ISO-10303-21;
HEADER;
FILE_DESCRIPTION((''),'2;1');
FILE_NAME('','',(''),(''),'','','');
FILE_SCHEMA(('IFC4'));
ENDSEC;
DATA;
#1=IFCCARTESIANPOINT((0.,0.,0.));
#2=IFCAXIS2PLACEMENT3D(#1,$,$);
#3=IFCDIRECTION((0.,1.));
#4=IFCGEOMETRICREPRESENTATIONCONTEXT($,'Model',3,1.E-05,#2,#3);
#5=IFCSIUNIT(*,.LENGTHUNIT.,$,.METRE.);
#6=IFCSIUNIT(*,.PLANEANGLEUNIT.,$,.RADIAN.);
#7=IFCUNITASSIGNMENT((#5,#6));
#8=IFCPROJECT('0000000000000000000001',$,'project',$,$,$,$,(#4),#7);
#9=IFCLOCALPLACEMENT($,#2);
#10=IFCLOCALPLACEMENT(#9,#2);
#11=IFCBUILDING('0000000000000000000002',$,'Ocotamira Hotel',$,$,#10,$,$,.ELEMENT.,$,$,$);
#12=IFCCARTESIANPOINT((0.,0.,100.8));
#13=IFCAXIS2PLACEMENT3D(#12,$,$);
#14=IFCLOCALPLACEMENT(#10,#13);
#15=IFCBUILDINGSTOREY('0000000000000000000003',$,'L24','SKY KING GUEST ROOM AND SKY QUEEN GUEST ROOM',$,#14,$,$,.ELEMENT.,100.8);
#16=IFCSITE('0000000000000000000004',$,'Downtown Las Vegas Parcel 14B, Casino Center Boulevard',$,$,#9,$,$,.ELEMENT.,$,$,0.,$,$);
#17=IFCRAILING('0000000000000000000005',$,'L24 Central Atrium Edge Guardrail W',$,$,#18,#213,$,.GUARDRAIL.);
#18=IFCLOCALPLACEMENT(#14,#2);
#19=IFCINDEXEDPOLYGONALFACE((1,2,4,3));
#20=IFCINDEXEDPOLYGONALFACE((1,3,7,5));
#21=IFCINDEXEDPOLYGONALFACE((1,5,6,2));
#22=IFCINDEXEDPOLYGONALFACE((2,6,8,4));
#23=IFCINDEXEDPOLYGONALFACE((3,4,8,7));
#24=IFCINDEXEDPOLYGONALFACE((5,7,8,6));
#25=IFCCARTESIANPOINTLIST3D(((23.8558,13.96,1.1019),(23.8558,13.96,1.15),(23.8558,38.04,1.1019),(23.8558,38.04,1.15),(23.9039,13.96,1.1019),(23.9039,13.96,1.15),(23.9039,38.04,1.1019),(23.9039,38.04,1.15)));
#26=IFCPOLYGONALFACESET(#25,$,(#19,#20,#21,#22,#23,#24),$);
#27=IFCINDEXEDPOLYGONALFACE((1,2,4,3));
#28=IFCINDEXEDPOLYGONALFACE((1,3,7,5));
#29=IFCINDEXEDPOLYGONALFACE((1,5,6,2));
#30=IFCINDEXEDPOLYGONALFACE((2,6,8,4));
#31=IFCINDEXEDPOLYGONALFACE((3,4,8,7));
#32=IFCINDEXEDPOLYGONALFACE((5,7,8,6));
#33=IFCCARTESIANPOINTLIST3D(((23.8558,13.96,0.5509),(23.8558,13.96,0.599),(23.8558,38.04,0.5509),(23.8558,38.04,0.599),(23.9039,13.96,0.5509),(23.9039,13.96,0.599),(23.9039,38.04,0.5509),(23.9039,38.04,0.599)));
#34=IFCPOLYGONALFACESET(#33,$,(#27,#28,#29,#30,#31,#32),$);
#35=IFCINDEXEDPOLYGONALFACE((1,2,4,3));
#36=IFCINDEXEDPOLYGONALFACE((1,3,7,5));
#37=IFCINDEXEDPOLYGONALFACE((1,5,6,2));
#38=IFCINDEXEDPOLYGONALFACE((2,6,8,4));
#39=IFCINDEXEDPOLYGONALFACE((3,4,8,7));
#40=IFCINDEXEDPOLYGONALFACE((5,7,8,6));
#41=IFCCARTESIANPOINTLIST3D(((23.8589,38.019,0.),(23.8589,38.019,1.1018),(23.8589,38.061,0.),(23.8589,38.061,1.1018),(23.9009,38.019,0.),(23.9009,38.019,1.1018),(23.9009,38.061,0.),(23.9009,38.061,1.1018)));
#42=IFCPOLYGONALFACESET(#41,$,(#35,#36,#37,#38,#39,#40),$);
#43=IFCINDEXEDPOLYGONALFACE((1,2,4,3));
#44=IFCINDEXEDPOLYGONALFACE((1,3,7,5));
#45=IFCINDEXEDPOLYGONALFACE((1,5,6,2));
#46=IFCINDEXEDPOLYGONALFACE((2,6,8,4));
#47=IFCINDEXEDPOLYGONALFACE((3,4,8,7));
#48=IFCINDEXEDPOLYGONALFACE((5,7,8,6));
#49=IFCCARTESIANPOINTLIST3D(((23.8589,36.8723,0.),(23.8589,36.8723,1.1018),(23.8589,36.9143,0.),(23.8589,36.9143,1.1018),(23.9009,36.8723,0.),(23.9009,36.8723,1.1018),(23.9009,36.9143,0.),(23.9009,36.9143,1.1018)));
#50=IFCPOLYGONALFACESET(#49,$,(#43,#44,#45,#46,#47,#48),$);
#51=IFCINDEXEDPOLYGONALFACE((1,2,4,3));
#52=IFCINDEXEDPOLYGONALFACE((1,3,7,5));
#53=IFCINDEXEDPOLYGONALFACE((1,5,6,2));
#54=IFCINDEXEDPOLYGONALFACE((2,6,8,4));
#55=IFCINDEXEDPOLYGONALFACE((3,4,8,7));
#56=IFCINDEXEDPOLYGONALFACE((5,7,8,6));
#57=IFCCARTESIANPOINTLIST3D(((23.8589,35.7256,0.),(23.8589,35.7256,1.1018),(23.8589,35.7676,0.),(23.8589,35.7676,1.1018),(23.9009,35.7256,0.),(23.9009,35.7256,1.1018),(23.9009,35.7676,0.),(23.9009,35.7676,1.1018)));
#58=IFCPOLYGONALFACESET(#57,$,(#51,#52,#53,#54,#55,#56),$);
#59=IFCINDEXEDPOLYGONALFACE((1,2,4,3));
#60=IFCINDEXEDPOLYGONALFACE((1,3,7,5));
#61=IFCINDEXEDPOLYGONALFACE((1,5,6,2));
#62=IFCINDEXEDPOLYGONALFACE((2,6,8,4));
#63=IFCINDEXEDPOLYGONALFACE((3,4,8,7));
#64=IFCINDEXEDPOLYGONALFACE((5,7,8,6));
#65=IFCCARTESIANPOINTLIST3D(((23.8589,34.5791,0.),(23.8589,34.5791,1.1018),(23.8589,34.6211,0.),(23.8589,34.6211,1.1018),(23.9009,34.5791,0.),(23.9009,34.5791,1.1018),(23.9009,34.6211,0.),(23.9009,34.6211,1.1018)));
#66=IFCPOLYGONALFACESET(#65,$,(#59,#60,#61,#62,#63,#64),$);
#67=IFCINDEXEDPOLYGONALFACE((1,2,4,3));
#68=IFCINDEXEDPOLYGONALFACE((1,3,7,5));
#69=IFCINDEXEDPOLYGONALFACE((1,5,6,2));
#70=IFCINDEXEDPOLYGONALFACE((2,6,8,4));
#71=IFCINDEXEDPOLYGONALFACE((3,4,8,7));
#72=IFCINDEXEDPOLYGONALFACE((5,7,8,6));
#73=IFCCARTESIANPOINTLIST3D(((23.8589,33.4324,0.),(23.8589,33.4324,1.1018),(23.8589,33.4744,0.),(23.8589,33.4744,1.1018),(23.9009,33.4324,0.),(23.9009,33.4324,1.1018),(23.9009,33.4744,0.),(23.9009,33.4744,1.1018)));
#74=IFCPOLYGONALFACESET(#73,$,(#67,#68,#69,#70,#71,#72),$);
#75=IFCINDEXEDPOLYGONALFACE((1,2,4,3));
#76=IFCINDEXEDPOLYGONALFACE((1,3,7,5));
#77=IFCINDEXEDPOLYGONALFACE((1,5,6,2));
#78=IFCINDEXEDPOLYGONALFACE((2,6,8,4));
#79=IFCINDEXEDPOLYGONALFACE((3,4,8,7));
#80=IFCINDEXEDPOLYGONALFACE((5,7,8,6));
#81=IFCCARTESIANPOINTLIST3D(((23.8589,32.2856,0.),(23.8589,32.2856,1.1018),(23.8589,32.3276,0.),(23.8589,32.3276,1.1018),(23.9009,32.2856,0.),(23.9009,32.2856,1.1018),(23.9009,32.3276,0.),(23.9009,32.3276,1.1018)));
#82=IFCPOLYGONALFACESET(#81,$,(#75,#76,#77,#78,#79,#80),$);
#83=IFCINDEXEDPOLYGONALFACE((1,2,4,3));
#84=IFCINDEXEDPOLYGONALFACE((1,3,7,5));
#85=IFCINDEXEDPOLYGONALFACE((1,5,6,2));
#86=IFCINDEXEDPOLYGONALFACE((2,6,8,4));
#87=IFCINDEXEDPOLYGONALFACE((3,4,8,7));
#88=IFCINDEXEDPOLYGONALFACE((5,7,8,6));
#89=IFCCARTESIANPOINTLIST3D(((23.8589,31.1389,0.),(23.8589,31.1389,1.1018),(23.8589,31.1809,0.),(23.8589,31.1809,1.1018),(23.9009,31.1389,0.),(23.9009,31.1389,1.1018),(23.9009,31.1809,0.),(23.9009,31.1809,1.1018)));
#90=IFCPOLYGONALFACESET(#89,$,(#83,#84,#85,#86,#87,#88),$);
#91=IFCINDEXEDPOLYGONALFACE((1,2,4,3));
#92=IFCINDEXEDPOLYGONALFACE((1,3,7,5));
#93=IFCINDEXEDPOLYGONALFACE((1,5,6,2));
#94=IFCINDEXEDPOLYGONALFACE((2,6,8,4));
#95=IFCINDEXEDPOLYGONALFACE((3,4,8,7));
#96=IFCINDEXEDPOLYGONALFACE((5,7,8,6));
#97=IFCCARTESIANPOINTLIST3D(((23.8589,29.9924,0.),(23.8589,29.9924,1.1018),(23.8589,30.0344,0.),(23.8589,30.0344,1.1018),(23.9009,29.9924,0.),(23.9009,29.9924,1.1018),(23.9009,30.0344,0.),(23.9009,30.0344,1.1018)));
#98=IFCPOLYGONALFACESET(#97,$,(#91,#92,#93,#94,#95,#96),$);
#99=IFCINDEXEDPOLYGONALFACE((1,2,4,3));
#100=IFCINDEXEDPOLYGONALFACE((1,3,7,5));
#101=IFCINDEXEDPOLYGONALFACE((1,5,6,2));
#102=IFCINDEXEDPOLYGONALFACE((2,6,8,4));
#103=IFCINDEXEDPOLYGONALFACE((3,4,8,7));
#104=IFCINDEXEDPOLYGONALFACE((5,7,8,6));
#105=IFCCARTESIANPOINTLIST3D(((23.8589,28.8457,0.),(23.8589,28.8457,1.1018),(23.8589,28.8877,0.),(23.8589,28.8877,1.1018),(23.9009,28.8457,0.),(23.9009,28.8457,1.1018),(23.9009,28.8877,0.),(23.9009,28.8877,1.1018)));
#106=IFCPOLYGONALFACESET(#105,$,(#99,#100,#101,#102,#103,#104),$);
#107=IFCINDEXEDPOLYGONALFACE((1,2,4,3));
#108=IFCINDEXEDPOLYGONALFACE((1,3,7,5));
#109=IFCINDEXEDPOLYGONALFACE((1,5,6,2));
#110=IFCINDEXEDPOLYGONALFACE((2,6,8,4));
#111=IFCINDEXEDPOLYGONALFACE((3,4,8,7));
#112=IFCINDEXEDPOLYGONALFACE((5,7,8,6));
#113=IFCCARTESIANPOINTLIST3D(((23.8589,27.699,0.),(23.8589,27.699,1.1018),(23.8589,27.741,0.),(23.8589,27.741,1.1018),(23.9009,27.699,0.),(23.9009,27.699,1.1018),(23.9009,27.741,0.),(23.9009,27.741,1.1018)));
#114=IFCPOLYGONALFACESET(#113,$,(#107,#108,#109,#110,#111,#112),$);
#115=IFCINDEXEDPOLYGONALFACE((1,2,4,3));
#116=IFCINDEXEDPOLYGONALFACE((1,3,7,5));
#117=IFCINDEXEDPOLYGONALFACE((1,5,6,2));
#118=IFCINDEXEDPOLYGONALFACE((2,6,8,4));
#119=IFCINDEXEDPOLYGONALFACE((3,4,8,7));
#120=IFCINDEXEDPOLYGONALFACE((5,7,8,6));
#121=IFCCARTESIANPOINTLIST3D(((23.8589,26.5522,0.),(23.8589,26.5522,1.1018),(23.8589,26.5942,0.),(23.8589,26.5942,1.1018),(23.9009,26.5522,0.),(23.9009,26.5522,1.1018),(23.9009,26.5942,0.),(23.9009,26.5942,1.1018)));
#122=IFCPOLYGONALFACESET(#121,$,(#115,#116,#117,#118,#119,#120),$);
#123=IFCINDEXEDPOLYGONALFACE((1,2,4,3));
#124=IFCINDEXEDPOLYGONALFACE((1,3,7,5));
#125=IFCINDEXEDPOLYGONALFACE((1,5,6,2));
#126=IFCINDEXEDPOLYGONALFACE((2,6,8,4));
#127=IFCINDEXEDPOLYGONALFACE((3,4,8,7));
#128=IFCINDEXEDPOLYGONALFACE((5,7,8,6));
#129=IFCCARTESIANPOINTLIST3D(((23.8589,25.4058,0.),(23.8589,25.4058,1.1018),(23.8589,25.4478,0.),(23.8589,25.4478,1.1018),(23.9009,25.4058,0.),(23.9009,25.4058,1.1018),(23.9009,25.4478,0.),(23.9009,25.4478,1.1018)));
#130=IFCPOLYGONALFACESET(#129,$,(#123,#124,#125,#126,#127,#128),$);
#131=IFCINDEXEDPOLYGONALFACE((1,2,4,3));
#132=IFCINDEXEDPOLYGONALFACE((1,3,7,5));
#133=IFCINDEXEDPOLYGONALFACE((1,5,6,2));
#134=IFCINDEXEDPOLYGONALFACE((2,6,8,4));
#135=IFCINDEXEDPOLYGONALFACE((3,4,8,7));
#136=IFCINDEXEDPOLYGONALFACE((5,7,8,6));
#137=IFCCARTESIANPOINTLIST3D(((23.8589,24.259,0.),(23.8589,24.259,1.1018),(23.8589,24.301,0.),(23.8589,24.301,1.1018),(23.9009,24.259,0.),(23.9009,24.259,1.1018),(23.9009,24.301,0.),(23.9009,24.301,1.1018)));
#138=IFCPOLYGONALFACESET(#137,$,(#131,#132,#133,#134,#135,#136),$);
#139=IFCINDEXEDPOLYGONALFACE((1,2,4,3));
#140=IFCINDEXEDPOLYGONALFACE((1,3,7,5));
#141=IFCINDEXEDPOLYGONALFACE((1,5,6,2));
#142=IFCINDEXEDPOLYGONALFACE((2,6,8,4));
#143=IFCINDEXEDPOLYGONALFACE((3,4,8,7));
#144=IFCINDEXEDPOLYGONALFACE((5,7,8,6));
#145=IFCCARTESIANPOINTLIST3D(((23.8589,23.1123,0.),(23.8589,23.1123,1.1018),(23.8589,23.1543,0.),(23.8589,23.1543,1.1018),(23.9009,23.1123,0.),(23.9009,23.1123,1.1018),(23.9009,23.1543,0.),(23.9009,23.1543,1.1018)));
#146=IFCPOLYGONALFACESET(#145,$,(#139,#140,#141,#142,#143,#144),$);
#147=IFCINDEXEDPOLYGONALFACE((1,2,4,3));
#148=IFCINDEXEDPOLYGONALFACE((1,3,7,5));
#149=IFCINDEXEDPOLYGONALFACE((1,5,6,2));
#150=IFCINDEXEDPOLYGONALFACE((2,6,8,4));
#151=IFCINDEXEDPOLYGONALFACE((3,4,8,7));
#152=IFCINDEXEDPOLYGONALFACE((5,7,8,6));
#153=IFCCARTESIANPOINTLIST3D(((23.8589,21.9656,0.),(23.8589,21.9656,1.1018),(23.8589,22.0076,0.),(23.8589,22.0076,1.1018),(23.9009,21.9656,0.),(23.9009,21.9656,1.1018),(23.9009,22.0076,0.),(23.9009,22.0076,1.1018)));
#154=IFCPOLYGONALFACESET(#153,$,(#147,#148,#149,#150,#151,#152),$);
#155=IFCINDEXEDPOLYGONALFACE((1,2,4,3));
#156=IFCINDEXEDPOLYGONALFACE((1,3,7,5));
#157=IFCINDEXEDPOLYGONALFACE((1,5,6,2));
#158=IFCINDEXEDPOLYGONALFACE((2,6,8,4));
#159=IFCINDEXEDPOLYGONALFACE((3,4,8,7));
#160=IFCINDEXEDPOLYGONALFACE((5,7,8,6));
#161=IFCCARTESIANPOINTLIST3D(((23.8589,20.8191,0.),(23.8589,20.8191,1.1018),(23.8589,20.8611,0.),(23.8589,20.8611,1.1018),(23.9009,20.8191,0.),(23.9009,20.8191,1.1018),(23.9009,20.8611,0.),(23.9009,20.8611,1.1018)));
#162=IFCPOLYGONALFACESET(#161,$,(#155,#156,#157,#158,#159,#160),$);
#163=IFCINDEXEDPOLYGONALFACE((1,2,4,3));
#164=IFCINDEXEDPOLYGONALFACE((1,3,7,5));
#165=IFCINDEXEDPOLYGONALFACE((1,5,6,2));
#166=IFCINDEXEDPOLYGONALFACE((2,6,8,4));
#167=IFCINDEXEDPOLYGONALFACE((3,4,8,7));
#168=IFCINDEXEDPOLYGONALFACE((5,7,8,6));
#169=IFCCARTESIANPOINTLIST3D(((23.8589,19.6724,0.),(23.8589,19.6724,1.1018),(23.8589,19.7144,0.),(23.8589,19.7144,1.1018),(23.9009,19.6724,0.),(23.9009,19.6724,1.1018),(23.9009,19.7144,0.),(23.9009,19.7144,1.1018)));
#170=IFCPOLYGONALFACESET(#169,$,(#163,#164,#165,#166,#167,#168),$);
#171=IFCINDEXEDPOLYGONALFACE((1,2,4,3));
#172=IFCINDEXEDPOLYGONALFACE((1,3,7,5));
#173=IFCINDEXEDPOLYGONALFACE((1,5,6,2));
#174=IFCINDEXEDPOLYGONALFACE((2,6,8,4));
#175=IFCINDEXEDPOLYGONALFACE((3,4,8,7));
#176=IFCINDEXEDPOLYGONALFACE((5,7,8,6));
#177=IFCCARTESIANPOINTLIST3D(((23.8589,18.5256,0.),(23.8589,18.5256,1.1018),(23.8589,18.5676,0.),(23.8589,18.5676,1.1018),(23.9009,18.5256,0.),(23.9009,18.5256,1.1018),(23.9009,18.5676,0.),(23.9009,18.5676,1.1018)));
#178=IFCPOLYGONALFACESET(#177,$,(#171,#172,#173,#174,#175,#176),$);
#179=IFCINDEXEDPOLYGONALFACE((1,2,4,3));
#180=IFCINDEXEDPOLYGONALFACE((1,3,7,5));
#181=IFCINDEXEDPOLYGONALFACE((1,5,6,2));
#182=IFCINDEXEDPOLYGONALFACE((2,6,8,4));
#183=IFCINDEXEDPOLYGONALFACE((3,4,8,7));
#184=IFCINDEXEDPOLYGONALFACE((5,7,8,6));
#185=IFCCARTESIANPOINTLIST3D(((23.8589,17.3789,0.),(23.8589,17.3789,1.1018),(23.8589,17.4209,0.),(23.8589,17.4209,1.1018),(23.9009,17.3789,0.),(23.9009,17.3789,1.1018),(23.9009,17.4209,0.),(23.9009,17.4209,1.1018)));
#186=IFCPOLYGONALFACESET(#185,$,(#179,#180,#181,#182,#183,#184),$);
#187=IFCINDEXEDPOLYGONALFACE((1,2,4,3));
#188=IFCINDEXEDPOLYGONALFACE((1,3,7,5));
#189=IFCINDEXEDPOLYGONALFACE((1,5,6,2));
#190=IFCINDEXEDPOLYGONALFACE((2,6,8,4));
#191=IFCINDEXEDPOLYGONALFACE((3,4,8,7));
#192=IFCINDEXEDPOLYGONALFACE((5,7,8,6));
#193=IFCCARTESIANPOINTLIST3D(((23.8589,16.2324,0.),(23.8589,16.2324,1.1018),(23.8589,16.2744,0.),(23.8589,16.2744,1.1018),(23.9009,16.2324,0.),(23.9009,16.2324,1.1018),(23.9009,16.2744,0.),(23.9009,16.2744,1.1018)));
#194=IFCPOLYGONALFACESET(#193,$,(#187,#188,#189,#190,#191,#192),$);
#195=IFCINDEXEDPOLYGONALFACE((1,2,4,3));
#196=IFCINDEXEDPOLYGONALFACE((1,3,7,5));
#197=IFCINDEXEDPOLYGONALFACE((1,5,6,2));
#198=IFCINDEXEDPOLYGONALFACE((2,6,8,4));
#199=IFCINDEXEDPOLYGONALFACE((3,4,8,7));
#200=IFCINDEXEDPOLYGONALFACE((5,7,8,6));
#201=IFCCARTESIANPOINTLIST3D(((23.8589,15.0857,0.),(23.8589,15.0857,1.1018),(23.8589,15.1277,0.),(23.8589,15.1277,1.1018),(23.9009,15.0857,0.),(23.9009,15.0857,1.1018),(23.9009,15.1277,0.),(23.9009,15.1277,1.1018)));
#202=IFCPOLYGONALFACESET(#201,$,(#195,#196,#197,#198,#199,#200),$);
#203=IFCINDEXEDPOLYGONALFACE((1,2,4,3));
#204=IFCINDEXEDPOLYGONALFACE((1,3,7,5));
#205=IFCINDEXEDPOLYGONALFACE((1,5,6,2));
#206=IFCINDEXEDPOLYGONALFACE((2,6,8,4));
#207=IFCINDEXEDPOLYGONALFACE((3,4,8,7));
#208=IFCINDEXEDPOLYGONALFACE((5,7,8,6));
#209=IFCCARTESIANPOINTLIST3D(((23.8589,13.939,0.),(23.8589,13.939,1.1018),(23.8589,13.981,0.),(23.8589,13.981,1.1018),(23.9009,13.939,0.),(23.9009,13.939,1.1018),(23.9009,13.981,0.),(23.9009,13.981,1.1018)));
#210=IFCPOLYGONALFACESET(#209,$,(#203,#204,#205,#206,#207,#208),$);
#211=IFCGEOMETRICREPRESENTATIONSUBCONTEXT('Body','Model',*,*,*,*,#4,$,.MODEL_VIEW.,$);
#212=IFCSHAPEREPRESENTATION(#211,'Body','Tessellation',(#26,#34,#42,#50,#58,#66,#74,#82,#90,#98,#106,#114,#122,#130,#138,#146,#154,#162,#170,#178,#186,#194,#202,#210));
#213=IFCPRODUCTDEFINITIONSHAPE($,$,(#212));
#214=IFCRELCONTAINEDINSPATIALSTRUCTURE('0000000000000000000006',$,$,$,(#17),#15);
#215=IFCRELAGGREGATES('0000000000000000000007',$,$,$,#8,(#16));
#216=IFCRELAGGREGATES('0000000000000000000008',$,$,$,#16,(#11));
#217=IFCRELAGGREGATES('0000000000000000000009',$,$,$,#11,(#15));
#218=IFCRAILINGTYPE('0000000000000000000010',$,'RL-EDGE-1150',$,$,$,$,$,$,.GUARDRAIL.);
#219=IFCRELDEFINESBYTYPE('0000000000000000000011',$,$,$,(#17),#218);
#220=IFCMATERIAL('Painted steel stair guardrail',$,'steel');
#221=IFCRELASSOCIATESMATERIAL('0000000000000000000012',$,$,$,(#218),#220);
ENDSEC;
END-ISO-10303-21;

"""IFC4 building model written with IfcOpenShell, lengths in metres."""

from ifc_helpers import new_model, si_unit, direction, frame, origin, origin_2d, place, context, subcontext, project, spatial, rectangle, extrude, material, type_object, element, save


model = new_model("IFC4")

# Units and contexts
model_context = context("Model", 3, precision=1e-05, world=origin(), true_north=direction((0.0, 1.0)))
body_context = subcontext(model_context, "Body", "Model", "MODEL_VIEW")
ifc_project = project(units=[si_unit("LENGTHUNIT", "METRE"), si_unit("PLANEANGLEUNIT", "RADIAN")], contexts=[model_context])

# Site, building, storey
site_placement = place(None, origin())
site = spatial("IfcSite", under=ifc_project, at=site_placement, Name="Downtown Las Vegas Parcel 14B, Casino Center Boulevard", CompositionType="ELEMENT", RefElevation=0.0)
building_placement = place(site_placement, origin())
building = spatial("IfcBuilding", under=site, at=building_placement, Name="Ocotamira Hotel", CompositionType="ELEMENT")
storey_placement = place(building_placement, frame((0.0, 0.0, 100.8)))
storey = spatial("IfcBuildingStorey", under=building, at=storey_placement, Name="L24", Description="SKY KING GUEST ROOM AND SKY QUEEN GUEST ROOM", CompositionType="ELEMENT", Elevation=100.8)

# Railing
ifc_material_1 = material(Name="Painted steel stair guardrail", Category="steel")
railing_type = type_object("IfcRailingType", Name="RL-EDGE-1150", PredefinedType="GUARDRAIL", material=ifc_material_1)
railing_placement = place(storey_placement, frame((23.8799, 38.04, 0.0)))
element("IfcRailing", 1, at=railing_placement, inside=storey, type_object=railing_type, Name="L24 Central Atrium Edge Guardrail W", PredefinedType="GUARDRAIL", context=body_context, shape_type="SweptSolid", body=[
    extrude(rectangle(XDim=0.0481, YDim=0.0481, at=origin_2d()), frame((0.0, 0.0, 1.126), z_axis=(0.0, -1.0, 0.0), x_axis=(1.0, 0.0, 0.0)), (0.0, 0.0, 1.0), 24.0801),
    extrude(rectangle(XDim=0.0481, YDim=0.0481, at=origin_2d()), frame((0.0, 0.0, 0.575), z_axis=(0.0, -1.0, 0.0), x_axis=(1.0, 0.0, 0.0)), (0.0, 0.0, 1.0), 24.0801),
    extrude(rectangle(XDim=0.042, YDim=0.042, at=origin_2d()), origin(), (0.0, 0.0, 1.0), 1.1018),
    extrude(rectangle(XDim=0.042, YDim=0.042, at=origin_2d()), frame((0.0, -1.1467, 0.0)), (0.0, 0.0, 1.0), 1.1018),
    extrude(rectangle(XDim=0.042, YDim=0.042, at=origin_2d()), frame((0.0, -2.2935, 0.0)), (0.0, 0.0, 1.0), 1.1018),
    extrude(rectangle(XDim=0.042, YDim=0.042, at=origin_2d()), frame((0.0, -3.4399, 0.0)), (0.0, 0.0, 1.0), 1.1018),
    extrude(rectangle(XDim=0.042, YDim=0.042, at=origin_2d()), frame((0.0, -4.5867, 0.0)), (0.0, 0.0, 1.0), 1.1018),
    extrude(rectangle(XDim=0.042, YDim=0.042, at=origin_2d()), frame((0.0, -5.7334, 0.0)), (0.0, 0.0, 1.0), 1.1018),
    extrude(rectangle(XDim=0.042, YDim=0.042, at=origin_2d()), frame((0.0, -6.8801, 0.0)), (0.0, 0.0, 1.0), 1.1018),
    extrude(rectangle(XDim=0.042, YDim=0.042, at=origin_2d()), frame((0.0, -8.0266, 0.0)), (0.0, 0.0, 1.0), 1.1018),
    extrude(rectangle(XDim=0.042, YDim=0.042, at=origin_2d()), frame((0.0, -9.1733, 0.0)), (0.0, 0.0, 1.0), 1.1018),
    extrude(rectangle(XDim=0.042, YDim=0.042, at=origin_2d()), frame((0.0, -10.3201, 0.0)), (0.0, 0.0, 1.0), 1.1018),
    extrude(rectangle(XDim=0.042, YDim=0.042, at=origin_2d()), frame((0.0, -11.4668, 0.0)), (0.0, 0.0, 1.0), 1.1018),
    extrude(rectangle(XDim=0.042, YDim=0.042, at=origin_2d()), frame((0.0, -12.6133, 0.0)), (0.0, 0.0, 1.0), 1.1018),
    extrude(rectangle(XDim=0.042, YDim=0.042, at=origin_2d()), frame((0.0, -13.76, 0.0)), (0.0, 0.0, 1.0), 1.1018),
    extrude(rectangle(XDim=0.042, YDim=0.042, at=origin_2d()), frame((0.0, -14.9067, 0.0)), (0.0, 0.0, 1.0), 1.1018),
    extrude(rectangle(XDim=0.042, YDim=0.042, at=origin_2d()), frame((0.0, -16.0535, 0.0)), (0.0, 0.0, 1.0), 1.1018),
    extrude(rectangle(XDim=0.042, YDim=0.042, at=origin_2d()), frame((0.0, -17.2, 0.0)), (0.0, 0.0, 1.0), 1.1018),
    extrude(rectangle(XDim=0.042, YDim=0.042, at=origin_2d()), frame((0.0, -18.3467, 0.0)), (0.0, 0.0, 1.0), 1.1018),
    extrude(rectangle(XDim=0.042, YDim=0.042, at=origin_2d()), frame((0.0, -19.4934, 0.0)), (0.0, 0.0, 1.0), 1.1018),
    extrude(rectangle(XDim=0.042, YDim=0.042, at=origin_2d()), frame((0.0, -20.6401, 0.0)), (0.0, 0.0, 1.0), 1.1018),
    extrude(rectangle(XDim=0.042, YDim=0.042, at=origin_2d()), frame((0.0, -21.7866, 0.0)), (0.0, 0.0, 1.0), 1.1018),
    extrude(rectangle(XDim=0.042, YDim=0.042, at=origin_2d()), frame((0.0, -22.9333, 0.0)), (0.0, 0.0, 1.0), 1.1018),
    extrude(rectangle(XDim=0.042, YDim=0.042, at=origin_2d()), frame((0.0, -24.0801, 0.0)), (0.0, 0.0, 1.0), 1.1018),
])

save(model, "model.ifc")
